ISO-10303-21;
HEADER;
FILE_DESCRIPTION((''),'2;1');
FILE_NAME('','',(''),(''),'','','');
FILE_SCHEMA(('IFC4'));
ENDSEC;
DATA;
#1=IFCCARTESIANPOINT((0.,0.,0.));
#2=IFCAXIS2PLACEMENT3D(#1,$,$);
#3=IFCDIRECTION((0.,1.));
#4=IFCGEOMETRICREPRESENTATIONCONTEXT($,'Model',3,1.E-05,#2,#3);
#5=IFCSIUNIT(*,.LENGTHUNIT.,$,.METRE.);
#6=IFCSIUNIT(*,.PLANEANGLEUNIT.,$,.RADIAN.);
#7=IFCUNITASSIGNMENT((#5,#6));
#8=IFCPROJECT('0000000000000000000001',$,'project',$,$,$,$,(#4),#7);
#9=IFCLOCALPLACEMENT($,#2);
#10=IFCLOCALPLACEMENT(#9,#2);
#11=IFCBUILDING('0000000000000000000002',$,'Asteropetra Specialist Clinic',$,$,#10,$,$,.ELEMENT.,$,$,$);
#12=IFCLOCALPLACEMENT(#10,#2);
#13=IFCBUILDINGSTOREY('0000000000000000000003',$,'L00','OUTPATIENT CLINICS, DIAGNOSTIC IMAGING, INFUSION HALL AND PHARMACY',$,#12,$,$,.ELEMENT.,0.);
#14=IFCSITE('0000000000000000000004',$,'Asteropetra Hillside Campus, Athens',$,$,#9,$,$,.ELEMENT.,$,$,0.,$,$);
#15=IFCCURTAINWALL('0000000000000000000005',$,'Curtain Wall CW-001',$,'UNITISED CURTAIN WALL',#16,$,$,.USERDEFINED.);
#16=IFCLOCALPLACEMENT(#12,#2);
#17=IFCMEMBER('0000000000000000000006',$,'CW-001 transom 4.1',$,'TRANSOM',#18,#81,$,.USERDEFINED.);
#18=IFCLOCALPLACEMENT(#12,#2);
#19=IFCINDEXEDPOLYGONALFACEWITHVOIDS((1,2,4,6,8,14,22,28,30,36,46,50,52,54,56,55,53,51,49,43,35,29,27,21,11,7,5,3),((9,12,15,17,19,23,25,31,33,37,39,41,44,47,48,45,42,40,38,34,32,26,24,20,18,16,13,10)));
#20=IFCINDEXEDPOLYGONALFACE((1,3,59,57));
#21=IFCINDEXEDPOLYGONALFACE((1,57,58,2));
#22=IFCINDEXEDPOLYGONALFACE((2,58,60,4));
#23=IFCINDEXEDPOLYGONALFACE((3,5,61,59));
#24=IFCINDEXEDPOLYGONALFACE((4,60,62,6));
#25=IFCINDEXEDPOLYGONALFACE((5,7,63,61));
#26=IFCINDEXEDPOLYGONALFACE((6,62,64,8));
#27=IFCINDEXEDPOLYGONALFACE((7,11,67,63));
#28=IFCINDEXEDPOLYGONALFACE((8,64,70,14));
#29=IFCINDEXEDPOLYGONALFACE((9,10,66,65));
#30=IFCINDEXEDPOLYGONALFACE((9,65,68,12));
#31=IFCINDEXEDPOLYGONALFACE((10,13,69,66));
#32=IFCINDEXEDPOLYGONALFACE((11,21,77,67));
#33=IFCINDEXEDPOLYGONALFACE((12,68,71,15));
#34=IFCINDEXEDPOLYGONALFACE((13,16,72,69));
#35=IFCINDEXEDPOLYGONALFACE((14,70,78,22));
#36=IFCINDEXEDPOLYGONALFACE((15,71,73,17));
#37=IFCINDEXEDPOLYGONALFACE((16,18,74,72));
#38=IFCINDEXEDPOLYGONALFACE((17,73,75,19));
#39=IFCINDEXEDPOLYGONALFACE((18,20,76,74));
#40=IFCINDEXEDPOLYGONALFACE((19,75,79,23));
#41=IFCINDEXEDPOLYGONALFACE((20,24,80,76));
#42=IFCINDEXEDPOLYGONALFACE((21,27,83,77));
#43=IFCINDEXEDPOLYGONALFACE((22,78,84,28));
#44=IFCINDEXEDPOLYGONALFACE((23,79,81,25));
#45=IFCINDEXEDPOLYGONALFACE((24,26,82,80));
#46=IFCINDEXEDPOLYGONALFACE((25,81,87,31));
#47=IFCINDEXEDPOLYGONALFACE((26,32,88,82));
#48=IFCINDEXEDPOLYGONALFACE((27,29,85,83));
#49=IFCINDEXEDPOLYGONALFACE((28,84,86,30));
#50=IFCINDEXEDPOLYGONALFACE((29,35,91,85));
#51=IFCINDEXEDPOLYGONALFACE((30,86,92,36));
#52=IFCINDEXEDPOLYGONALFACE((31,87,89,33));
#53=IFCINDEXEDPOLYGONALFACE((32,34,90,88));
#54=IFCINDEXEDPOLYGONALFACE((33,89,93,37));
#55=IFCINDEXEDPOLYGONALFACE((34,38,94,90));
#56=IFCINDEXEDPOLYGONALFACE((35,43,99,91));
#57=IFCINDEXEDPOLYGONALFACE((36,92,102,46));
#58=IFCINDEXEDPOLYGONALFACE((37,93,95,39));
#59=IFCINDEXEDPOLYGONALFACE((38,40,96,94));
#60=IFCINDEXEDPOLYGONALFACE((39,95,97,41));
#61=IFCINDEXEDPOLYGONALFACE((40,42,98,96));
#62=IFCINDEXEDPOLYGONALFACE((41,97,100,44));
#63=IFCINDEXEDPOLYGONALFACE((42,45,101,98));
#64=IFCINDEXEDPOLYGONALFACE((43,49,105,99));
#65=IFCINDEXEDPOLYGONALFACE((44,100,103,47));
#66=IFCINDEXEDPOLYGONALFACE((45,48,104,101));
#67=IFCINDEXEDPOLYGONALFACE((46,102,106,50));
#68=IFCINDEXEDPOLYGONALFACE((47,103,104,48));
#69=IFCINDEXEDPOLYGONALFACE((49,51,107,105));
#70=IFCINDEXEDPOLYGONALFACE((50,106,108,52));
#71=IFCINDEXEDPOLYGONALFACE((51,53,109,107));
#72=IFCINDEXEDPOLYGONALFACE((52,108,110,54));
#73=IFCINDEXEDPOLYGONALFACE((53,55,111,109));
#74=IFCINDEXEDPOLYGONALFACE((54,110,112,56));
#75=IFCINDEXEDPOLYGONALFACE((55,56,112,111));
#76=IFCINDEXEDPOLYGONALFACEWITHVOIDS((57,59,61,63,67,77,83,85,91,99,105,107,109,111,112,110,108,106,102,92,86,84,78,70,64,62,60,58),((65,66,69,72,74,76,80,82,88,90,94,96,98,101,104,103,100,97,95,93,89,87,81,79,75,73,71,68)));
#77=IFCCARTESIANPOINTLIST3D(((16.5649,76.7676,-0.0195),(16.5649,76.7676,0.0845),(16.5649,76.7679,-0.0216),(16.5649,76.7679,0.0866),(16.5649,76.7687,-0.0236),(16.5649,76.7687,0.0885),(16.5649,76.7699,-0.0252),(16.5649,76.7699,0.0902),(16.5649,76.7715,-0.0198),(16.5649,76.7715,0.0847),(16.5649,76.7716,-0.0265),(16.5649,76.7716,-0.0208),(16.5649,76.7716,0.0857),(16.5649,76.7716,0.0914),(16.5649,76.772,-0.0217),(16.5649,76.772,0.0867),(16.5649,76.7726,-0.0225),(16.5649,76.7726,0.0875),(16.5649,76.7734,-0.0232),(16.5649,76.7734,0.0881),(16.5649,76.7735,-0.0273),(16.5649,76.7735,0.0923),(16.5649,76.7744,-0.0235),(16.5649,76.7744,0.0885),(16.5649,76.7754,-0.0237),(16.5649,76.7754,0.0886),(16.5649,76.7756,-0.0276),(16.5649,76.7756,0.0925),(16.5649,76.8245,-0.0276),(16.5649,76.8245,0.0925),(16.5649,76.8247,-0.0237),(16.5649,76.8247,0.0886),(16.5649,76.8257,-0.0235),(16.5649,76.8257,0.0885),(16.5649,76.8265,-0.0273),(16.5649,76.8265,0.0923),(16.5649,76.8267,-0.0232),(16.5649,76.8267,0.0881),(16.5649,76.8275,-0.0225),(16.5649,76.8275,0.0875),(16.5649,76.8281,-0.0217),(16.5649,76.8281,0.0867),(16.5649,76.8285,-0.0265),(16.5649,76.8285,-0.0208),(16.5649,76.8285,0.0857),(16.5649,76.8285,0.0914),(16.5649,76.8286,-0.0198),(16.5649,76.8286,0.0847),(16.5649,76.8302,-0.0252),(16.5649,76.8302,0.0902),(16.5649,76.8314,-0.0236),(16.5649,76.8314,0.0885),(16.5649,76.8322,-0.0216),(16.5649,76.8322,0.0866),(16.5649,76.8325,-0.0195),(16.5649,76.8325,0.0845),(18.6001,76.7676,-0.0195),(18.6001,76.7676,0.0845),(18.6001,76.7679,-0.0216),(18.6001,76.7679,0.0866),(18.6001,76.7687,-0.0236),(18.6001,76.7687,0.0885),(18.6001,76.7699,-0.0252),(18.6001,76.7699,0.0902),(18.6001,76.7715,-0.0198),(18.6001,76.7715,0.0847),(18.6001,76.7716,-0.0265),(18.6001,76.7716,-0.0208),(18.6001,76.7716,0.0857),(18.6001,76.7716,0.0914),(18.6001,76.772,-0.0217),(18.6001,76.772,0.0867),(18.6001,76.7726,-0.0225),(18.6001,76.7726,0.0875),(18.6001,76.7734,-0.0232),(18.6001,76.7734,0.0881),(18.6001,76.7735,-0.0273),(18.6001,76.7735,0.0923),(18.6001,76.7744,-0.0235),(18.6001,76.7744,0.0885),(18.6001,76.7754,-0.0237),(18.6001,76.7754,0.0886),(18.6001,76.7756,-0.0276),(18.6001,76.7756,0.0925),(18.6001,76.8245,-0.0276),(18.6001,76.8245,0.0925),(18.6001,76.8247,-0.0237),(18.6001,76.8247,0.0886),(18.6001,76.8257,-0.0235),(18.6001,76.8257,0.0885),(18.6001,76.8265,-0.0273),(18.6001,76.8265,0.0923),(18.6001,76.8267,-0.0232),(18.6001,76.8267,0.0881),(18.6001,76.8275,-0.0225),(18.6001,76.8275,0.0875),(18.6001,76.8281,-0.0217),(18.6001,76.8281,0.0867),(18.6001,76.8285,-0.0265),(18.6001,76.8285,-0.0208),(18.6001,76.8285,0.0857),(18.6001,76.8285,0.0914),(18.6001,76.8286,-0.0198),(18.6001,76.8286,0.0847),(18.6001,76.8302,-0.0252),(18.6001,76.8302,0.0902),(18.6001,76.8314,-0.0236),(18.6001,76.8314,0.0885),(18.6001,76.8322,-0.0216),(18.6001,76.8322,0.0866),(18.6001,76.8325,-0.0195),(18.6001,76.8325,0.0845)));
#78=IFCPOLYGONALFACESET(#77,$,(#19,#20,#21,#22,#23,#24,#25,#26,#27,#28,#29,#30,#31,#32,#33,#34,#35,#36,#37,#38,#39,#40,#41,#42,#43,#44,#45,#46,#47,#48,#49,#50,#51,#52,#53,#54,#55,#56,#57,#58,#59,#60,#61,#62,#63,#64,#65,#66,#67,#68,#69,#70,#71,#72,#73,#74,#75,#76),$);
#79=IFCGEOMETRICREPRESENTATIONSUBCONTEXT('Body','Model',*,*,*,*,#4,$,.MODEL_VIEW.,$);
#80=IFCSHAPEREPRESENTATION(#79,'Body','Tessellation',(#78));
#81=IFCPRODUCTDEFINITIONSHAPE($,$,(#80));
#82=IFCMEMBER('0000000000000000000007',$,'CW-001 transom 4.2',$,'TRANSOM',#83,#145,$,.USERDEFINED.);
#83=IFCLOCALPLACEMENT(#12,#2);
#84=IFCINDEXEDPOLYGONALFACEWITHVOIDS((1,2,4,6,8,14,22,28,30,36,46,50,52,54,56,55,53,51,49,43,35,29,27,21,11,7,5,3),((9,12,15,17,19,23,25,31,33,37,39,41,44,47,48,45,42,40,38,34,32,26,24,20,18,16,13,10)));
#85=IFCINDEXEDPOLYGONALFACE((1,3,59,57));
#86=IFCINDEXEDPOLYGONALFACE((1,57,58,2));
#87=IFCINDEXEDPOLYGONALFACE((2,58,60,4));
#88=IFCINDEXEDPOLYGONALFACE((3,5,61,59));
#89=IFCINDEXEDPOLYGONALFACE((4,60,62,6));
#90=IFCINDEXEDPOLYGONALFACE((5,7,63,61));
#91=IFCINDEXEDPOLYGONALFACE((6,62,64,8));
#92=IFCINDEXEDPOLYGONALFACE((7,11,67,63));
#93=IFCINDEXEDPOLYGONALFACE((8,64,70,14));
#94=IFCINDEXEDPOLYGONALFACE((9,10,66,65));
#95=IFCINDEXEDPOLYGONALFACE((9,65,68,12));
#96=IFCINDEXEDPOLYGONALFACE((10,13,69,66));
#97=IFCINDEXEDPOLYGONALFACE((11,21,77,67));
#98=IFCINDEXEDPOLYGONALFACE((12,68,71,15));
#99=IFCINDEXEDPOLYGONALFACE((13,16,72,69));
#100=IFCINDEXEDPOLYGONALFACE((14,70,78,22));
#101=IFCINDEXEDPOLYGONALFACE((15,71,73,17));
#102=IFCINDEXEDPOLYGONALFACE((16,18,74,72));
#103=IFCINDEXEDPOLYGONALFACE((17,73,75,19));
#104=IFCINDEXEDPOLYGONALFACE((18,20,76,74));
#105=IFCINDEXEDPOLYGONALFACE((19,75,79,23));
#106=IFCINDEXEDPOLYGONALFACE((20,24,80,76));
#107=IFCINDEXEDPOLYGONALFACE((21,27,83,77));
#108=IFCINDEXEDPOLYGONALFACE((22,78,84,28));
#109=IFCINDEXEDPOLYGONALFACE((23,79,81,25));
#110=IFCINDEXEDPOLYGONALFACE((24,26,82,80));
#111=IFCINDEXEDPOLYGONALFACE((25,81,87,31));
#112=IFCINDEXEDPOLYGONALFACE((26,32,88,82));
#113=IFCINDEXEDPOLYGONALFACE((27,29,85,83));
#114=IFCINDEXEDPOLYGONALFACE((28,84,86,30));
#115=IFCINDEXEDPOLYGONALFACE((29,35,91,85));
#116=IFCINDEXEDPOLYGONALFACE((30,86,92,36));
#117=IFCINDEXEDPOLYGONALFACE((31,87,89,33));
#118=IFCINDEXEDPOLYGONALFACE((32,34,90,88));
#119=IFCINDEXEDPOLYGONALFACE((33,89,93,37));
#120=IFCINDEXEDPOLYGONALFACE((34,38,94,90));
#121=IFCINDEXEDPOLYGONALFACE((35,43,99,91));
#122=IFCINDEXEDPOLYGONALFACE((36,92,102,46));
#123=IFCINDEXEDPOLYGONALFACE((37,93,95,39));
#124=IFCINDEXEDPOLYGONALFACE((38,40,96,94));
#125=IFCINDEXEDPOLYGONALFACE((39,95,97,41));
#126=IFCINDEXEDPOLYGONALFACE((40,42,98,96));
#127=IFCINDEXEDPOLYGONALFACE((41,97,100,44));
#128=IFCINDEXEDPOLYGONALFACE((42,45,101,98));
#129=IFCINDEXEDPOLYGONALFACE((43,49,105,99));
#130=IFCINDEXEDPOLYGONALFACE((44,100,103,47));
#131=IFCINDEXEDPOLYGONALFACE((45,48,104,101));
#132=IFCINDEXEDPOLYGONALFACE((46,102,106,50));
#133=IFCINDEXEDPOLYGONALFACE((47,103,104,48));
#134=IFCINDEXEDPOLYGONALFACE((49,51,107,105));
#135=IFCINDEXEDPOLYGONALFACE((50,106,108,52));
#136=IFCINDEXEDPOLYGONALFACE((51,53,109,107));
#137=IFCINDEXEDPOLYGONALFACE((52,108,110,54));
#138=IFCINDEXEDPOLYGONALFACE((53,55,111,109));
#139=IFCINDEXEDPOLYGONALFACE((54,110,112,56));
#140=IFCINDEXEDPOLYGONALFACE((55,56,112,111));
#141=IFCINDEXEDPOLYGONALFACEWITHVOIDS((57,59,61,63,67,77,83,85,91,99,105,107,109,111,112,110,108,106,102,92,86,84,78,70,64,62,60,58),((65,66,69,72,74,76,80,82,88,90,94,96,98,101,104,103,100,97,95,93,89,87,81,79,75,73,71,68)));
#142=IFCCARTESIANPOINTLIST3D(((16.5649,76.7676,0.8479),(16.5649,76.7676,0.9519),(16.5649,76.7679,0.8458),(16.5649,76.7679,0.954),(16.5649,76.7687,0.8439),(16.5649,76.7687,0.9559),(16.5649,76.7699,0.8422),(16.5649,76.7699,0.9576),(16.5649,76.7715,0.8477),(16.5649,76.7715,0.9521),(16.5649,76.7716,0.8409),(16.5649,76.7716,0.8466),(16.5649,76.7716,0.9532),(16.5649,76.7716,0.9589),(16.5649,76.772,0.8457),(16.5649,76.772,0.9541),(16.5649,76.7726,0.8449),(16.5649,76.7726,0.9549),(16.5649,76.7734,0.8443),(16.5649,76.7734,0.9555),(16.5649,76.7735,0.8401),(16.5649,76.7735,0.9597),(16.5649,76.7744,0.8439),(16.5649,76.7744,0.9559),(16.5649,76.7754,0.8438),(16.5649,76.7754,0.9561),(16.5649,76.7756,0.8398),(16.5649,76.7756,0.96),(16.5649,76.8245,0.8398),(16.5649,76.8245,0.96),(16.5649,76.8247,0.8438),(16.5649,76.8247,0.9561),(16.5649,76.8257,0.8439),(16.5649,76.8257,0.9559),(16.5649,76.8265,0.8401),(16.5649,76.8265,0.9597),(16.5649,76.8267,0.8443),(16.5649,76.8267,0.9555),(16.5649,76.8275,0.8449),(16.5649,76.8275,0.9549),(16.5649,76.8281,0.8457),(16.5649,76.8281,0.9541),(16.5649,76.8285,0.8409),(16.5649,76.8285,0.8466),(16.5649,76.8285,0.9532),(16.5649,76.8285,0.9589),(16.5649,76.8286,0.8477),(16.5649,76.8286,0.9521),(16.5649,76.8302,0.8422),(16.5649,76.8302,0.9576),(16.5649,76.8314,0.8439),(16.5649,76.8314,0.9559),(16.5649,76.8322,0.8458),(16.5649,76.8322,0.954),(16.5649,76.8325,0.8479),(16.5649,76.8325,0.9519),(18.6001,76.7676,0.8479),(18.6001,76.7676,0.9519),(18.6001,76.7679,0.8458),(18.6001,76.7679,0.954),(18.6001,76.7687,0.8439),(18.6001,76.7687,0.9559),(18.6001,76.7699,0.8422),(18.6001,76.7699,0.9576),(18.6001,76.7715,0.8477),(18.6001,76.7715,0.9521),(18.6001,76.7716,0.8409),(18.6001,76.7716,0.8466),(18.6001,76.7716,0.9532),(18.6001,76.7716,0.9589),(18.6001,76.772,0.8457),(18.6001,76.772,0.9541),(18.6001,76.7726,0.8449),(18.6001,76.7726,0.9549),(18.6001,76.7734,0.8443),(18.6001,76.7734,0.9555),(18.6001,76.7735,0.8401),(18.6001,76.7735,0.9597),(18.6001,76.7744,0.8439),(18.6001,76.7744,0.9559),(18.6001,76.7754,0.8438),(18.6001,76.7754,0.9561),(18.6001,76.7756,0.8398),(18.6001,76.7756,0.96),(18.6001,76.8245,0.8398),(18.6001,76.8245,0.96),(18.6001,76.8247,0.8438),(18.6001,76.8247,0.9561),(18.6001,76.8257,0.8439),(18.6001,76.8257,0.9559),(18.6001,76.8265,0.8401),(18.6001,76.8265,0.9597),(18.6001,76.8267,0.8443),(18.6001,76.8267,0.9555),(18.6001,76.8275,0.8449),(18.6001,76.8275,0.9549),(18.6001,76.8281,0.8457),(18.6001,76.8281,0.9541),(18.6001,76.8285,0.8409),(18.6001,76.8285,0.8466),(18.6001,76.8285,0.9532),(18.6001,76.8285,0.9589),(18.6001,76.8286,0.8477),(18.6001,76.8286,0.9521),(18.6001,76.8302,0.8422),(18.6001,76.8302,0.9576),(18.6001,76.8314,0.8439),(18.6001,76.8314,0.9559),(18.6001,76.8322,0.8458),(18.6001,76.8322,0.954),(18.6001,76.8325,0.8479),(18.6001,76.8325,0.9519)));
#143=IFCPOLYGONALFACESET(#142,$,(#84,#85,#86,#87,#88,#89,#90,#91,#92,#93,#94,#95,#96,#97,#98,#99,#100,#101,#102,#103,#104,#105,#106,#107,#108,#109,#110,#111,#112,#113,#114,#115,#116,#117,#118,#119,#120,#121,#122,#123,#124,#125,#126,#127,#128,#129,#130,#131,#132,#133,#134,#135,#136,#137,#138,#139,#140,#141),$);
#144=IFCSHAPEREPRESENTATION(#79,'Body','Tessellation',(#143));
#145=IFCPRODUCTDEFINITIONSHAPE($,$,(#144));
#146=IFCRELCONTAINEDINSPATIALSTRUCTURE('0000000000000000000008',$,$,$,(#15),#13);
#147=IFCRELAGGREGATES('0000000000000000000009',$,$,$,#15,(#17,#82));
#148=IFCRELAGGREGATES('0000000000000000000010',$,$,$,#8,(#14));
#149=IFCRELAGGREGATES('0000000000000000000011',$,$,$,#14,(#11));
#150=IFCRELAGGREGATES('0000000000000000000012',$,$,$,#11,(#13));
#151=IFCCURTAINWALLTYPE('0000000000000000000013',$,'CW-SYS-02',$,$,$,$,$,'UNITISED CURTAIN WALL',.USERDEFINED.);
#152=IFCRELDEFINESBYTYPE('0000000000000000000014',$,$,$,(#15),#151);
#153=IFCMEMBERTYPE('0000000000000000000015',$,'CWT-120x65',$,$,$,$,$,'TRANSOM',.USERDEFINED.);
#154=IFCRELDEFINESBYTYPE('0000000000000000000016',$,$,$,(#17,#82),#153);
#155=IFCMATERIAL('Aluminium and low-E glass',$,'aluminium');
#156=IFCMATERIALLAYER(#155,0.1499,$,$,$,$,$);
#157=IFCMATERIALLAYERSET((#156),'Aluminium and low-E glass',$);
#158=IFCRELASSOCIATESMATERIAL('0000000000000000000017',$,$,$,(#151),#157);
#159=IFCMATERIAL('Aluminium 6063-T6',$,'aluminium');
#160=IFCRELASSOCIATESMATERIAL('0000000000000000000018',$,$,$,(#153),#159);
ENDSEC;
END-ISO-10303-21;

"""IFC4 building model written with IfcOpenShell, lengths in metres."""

from ifc_helpers import new_model, si_unit, direction, frame, origin, origin_2d, place, context, subcontext, project, spatial, hollow_rectangle, extrude, material, layer, layer_set, material_profile, profile_set, type_object, element, aggregate, save


model = new_model("IFC4")

# Units and contexts
model_context = context("Model", 3, precision=1e-05, world=origin(), true_north=direction((0.0, 1.0)))
body_context = subcontext(model_context, "Body", "Model", "MODEL_VIEW")
ifc_project = project(units=[si_unit("LENGTHUNIT", "METRE"), si_unit("PLANEANGLEUNIT", "RADIAN")], contexts=[model_context])

# Site, building, storey
site_placement = place(None, origin())
site = spatial("IfcSite", under=ifc_project, at=site_placement, Name="Asteropetra Hillside Campus, Athens", CompositionType="ELEMENT", RefElevation=0.0)
building_placement = place(site_placement, origin())
building = spatial("IfcBuilding", under=site, at=building_placement, Name="Asteropetra Specialist Clinic", CompositionType="ELEMENT")
storey_placement = place(building_placement, origin())
storey = spatial("IfcBuildingStorey", under=building, at=storey_placement, Name="L00", Description="OUTPATIENT CLINICS, DIAGNOSTIC IMAGING, INFUSION HALL AND PHARMACY", CompositionType="ELEMENT", Elevation=0.0)

# Curtain wall
ifc_material_1 = material(Name="Aluminium and low-E glass", Category="aluminium")
ifc_layer_1 = layer(ifc_material_1, 0.1499)
ifc_layer_set_1 = layer_set([ifc_layer_1], Name="Aluminium and low-E glass")
curtain_wall_type_1 = type_object("IfcCurtainWallType", Name="CW-SYS-02", ElementType="UNITISED CURTAIN WALL", PredefinedType="USERDEFINED", material=ifc_layer_set_1)
curtain_wall_1_placement = place(storey_placement, origin())
curtain_wall_1 = element("IfcCurtainWall", 1, at=curtain_wall_1_placement, inside=storey, type_object=curtain_wall_type_1, Name="Curtain Wall CW-001", ObjectType="UNITISED CURTAIN WALL", PredefinedType="USERDEFINED")

# Members
ifc_material_2 = material(Name="Aluminium 6063-T6", Category="aluminium")
ifc_material_profile_1 = material_profile(ifc_material_2, hollow_rectangle(XDim=0.0649, YDim=0.1201, WallThickness=0.0039, InnerFilletRadius=0.0039, OuterFilletRadius=0.0081, at=origin_2d()), Name="TRN 120x65x4.0")
ifc_profile_set_1 = profile_set([ifc_material_profile_1], Name="Aluminium 6063-T6")
member_type_1 = type_object("IfcMemberType", Name="CWT-120x65", ElementType="TRANSOM", PredefinedType="USERDEFINED", material=ifc_profile_set_1)
member_1_placement = place(storey_placement, frame((16.5649, 76.8, 0.0325), z_axis=(1.0, 0.0, 0.0), x_axis=(0.0, 1.0, 0.0)))
member_1 = element("IfcMember", 2, at=member_1_placement, type_object=member_type_1, Name="CW-001 transom 4.1", ObjectType="TRANSOM", PredefinedType="USERDEFINED", context=body_context, shape_type="SweptSolid", body=[
    extrude(hollow_rectangle(XDim=0.0649, YDim=0.1201, WallThickness=0.0039, InnerFilletRadius=0.0039, OuterFilletRadius=0.0081, at=origin_2d()), origin(), (0.0, 0.0, 1.0), 2.0352),
])
member_2_placement = place(storey_placement, frame((16.5649, 76.8, 0.8999), z_axis=(1.0, 0.0, 0.0), x_axis=(0.0, 1.0, 0.0)))
member_2 = element("IfcMember", 3, at=member_2_placement, type_object=member_type_1, Name="CW-001 transom 4.2", ObjectType="TRANSOM", PredefinedType="USERDEFINED", context=body_context, shape_type="SweptSolid", body=[
    extrude(hollow_rectangle(XDim=0.0649, YDim=0.1201, WallThickness=0.0039, InnerFilletRadius=0.0039, OuterFilletRadius=0.0081, at=origin_2d()), origin(), (0.0, 0.0, 1.0), 2.0352),
])

aggregate(curtain_wall_1, [member_1, member_2])

save(model, "model.ifc")
